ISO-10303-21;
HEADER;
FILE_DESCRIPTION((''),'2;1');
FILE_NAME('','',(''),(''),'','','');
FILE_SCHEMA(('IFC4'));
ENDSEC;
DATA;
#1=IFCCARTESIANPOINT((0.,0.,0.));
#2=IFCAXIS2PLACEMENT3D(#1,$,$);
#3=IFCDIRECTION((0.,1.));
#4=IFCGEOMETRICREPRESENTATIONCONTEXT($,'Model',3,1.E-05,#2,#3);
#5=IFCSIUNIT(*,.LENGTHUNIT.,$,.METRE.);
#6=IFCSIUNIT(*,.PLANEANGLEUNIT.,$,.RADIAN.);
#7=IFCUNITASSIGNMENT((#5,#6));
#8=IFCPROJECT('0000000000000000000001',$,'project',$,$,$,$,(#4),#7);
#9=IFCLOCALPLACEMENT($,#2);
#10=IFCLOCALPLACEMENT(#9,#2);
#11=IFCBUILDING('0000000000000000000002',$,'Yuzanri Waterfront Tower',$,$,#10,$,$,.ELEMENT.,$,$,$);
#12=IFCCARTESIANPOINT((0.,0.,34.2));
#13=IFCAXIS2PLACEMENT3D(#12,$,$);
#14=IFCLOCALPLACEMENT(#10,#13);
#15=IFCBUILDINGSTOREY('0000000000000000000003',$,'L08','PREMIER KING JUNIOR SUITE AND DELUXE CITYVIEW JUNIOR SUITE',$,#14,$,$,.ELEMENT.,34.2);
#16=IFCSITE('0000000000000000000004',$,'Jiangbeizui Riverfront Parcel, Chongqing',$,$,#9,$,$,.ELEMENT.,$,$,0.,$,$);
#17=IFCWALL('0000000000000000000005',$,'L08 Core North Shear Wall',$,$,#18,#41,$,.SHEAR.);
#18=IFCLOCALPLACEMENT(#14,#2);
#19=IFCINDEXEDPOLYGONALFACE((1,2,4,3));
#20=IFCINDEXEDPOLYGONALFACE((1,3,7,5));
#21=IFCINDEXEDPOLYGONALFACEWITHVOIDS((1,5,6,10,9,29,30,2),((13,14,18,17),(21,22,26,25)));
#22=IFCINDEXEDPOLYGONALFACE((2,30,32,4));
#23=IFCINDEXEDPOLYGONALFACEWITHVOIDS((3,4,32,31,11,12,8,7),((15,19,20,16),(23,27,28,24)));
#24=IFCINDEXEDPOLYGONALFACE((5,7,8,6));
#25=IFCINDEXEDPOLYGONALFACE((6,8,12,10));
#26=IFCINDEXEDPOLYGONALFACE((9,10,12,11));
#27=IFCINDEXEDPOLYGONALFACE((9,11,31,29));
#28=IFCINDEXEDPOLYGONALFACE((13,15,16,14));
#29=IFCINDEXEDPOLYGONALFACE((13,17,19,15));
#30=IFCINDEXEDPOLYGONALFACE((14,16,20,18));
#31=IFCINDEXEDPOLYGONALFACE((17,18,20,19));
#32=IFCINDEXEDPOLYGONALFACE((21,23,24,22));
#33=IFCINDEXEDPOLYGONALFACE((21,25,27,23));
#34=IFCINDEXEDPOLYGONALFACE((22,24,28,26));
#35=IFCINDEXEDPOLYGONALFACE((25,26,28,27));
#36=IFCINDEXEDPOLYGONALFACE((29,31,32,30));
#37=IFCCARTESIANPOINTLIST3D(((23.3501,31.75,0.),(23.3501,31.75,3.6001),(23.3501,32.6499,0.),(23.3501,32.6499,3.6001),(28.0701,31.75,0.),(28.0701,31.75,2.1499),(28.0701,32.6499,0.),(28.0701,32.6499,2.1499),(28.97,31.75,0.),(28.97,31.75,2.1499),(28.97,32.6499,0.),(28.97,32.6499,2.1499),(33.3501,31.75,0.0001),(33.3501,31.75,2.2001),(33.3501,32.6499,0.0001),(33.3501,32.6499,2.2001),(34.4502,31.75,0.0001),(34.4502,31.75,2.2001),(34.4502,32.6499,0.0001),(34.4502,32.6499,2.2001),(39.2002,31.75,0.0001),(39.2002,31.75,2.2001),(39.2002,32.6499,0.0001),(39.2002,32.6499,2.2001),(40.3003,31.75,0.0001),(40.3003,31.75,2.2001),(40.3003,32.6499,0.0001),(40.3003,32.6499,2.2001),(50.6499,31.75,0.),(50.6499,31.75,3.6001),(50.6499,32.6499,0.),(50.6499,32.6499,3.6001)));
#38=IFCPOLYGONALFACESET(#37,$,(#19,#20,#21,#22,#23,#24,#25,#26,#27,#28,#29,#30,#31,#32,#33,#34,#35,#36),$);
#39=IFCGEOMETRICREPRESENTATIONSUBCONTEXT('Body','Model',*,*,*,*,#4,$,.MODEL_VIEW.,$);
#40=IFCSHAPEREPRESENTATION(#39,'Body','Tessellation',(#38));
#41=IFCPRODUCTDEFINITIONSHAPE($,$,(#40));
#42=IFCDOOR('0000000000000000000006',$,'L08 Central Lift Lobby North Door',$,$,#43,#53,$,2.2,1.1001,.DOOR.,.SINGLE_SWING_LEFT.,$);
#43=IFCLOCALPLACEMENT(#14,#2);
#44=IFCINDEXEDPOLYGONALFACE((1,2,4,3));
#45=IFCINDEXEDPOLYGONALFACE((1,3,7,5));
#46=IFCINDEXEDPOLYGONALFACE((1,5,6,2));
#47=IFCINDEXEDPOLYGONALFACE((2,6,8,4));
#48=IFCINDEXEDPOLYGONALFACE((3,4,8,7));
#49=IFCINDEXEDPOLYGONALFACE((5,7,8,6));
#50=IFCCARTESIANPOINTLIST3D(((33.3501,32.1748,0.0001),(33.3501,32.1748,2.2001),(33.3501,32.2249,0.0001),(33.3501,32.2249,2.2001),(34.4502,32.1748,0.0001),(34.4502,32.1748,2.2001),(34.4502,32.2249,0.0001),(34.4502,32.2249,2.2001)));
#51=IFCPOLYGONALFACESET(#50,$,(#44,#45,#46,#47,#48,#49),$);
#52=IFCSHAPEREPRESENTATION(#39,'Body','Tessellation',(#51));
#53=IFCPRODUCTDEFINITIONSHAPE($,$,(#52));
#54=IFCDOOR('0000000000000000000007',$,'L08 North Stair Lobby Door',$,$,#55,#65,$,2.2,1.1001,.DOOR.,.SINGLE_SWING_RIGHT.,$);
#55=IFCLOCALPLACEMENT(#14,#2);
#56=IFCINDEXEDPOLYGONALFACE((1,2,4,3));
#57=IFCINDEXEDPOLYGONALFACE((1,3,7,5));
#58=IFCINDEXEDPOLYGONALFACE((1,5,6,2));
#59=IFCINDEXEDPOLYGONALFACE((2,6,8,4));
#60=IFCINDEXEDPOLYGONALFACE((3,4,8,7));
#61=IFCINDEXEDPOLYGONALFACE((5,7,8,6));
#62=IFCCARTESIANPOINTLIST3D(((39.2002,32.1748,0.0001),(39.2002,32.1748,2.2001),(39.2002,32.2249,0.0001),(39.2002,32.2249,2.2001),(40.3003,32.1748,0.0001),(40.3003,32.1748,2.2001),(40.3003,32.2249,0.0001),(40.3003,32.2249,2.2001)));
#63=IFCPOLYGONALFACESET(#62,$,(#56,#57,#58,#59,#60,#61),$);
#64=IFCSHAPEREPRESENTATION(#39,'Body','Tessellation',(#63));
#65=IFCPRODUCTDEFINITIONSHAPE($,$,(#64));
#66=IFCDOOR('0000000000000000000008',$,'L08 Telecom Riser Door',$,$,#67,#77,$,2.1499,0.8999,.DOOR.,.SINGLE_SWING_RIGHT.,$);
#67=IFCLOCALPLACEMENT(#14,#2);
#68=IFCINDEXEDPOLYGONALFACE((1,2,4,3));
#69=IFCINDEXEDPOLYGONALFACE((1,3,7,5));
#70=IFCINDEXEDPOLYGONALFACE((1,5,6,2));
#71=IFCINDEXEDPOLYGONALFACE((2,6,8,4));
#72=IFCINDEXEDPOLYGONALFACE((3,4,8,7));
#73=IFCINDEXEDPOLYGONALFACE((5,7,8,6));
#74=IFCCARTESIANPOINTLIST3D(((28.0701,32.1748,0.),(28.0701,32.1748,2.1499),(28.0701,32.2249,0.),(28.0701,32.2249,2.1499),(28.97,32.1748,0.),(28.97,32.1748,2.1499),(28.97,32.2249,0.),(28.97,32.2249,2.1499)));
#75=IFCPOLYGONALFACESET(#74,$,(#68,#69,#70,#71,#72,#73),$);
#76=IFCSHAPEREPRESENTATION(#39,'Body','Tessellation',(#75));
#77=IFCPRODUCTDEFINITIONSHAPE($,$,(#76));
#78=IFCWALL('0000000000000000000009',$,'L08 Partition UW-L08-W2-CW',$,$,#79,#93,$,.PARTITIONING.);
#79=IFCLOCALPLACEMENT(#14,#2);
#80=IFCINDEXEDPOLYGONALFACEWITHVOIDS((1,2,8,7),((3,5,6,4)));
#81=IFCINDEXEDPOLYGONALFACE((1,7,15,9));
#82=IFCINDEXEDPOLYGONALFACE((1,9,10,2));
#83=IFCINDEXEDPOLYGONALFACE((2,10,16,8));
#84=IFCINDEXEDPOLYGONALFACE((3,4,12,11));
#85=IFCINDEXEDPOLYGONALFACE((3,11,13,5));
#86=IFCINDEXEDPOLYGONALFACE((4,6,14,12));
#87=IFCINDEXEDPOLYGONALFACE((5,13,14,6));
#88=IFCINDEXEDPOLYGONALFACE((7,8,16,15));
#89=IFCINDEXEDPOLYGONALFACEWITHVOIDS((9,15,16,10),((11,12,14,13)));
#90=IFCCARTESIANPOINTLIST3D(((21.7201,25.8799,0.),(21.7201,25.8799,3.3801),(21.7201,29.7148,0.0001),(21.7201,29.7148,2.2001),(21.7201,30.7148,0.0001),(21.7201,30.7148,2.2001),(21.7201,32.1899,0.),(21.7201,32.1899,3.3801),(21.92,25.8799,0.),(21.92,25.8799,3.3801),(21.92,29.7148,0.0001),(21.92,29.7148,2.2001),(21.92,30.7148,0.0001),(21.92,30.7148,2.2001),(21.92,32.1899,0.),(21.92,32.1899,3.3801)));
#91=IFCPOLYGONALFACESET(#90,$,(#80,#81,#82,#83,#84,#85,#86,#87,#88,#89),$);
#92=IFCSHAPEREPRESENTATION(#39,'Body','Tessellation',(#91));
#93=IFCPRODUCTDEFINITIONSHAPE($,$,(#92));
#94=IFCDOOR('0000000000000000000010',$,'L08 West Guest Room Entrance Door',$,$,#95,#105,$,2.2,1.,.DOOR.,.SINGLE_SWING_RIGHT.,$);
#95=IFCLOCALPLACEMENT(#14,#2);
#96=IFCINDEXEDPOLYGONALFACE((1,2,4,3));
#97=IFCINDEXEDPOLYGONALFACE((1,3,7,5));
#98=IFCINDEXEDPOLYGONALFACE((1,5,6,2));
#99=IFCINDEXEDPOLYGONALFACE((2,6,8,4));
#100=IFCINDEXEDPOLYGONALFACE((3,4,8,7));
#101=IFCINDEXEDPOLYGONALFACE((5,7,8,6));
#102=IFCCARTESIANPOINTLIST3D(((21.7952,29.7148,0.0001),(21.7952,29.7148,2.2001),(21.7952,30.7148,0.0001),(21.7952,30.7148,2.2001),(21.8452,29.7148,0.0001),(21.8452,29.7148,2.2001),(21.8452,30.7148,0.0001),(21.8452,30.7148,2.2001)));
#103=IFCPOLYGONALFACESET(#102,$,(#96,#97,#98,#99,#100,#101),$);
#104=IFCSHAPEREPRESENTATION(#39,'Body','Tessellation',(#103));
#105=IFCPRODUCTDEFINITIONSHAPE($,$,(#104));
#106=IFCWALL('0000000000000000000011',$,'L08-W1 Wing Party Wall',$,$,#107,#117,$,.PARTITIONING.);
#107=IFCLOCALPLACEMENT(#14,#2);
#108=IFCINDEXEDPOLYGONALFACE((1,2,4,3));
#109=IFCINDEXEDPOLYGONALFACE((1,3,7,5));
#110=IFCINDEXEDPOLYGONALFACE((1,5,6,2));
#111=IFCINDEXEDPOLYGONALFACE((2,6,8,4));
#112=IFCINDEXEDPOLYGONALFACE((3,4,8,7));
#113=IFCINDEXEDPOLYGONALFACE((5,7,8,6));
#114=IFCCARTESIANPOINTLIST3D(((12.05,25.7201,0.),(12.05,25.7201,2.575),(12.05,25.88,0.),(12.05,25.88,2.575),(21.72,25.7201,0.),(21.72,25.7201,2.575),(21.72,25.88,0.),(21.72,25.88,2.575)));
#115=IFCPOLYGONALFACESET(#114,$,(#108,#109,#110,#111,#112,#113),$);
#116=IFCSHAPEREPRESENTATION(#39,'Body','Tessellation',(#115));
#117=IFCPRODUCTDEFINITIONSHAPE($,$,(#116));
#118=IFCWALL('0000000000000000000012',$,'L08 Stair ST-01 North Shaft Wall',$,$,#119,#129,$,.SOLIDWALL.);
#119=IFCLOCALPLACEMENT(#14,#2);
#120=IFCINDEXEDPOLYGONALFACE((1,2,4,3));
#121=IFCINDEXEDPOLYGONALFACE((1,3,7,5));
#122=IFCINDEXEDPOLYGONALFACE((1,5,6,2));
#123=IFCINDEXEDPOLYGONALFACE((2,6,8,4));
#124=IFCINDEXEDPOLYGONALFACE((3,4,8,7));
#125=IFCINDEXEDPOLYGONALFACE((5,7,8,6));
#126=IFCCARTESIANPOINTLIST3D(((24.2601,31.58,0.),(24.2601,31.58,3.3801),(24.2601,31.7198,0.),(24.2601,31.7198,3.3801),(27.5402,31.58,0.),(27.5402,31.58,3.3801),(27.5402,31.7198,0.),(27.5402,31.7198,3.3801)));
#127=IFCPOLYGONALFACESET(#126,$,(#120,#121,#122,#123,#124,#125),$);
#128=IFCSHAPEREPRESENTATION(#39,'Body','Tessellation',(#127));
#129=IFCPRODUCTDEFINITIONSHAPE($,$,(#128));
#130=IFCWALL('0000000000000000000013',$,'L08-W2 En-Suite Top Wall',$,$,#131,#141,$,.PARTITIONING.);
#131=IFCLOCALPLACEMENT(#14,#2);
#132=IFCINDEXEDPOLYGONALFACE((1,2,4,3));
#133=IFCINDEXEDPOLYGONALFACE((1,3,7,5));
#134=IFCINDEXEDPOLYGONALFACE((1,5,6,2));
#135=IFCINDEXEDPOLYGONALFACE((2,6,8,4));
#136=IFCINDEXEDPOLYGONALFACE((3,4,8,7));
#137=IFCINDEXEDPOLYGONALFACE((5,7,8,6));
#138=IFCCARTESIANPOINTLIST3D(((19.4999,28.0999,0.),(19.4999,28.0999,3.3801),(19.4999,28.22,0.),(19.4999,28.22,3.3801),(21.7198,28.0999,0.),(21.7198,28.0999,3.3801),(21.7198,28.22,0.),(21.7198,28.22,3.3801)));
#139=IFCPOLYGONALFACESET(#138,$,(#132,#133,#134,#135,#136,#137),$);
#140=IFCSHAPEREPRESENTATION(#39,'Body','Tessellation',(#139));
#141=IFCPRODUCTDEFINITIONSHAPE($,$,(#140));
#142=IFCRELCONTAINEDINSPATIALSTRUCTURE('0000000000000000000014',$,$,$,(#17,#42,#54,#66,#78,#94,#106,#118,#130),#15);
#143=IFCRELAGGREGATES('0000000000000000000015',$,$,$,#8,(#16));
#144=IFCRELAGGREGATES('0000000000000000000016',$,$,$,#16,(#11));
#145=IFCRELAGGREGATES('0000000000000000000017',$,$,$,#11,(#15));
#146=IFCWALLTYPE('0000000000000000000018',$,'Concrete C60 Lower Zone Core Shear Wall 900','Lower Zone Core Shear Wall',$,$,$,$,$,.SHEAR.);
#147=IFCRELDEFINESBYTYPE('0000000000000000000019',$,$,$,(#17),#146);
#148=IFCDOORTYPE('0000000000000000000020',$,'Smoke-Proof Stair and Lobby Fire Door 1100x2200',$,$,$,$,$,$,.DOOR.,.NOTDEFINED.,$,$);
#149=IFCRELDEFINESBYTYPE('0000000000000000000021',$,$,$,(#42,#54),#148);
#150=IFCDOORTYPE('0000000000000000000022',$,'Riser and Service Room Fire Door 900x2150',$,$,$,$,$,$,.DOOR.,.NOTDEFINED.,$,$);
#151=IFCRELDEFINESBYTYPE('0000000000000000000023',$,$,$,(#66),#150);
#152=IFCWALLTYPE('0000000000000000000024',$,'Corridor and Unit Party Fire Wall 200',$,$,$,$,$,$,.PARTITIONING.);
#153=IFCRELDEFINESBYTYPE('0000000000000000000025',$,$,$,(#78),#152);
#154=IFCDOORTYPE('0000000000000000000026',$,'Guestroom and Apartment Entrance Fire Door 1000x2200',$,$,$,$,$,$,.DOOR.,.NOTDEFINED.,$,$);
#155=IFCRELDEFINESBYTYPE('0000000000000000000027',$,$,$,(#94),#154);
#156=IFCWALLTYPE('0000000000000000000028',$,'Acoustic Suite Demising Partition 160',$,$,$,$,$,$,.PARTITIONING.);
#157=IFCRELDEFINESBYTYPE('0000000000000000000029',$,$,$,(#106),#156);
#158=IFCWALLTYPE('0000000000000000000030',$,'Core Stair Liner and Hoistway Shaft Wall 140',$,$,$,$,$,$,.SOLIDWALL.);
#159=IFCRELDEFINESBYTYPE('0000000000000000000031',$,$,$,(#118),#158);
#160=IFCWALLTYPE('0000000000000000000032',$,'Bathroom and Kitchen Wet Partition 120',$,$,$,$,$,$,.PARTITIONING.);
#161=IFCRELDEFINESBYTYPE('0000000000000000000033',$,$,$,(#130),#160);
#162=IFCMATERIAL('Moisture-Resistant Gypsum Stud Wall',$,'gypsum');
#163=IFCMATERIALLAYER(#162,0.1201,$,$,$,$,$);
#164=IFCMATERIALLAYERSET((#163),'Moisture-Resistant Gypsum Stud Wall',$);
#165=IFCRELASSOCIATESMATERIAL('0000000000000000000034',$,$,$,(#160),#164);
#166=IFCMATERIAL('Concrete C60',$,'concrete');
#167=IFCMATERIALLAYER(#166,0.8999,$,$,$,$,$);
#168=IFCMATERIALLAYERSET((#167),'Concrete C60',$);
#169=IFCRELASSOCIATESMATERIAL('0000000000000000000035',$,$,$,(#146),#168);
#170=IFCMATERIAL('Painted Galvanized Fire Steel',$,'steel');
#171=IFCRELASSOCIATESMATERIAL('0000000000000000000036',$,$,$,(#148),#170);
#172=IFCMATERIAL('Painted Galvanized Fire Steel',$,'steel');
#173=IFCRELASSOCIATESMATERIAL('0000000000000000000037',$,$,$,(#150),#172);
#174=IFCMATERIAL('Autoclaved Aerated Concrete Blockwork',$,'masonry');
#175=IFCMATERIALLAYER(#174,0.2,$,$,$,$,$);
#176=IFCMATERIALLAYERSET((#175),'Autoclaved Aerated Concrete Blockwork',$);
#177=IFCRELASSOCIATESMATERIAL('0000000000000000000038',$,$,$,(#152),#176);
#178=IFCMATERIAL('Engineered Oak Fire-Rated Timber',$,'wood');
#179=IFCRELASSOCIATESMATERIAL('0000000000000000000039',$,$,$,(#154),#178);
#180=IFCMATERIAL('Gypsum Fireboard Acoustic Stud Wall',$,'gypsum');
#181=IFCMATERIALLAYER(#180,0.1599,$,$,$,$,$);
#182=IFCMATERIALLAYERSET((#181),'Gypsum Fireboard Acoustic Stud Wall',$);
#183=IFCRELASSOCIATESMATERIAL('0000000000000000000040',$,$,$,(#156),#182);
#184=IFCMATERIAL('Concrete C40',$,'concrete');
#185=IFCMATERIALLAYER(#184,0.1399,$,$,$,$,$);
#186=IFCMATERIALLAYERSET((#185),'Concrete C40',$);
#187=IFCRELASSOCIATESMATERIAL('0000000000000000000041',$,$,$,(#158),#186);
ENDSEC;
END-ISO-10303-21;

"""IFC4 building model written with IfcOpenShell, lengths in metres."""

from ifc_helpers import new_model, si_unit, direction, frame, frame_2d, origin, place, context, subcontext, project, spatial, rectangle, extrude, source, transform, mapped, material, layer, layer_set, type_object, element, fill, save


model = new_model("IFC4")

# Units and contexts
model_context = context("Model", 3, precision=1e-05, world=origin(), true_north=direction((0.0, 1.0)))
body_context = subcontext(model_context, "Body", "Model", "MODEL_VIEW")
ifc_project = project(units=[si_unit("LENGTHUNIT", "METRE"), si_unit("PLANEANGLEUNIT", "RADIAN")], contexts=[model_context])

# Site, building, storey
site_placement = place(None, origin())
site = spatial("IfcSite", under=ifc_project, at=site_placement, Name="Jiangbeizui Riverfront Parcel, Chongqing", CompositionType="ELEMENT", RefElevation=0.0)
building_placement = place(site_placement, origin())
building = spatial("IfcBuilding", under=site, at=building_placement, Name="Yuzanri Waterfront Tower", CompositionType="ELEMENT")
storey_placement = place(building_placement, frame((0.0, 0.0, 34.2)))
storey = spatial("IfcBuildingStorey", under=building, at=storey_placement, Name="L08", Description="PREMIER KING JUNIOR SUITE AND DELUXE CITYVIEW JUNIOR SUITE", CompositionType="ELEMENT", Elevation=34.2)

# Shared definitions
ifc_material_1 = material(Name="Moisture-Resistant Gypsum Stud Wall", Category="gypsum")
ifc_layer_1 = layer(ifc_material_1, 0.1201)
ifc_layer_set_1 = layer_set([ifc_layer_1], Name="Moisture-Resistant Gypsum Stud Wall")
wall_type_1 = type_object("IfcWallType", Name="Bathroom and Kitchen Wet Partition 120", PredefinedType="PARTITIONING", material=ifc_layer_set_1)

# Wall, openings, doors
ifc_material_2 = material(Name="Concrete C60", Category="concrete")
ifc_layer_2 = layer(ifc_material_2, 0.8999)
ifc_layer_set_2 = layer_set([ifc_layer_2], Name="Concrete C60")
wall_type_2 = type_object("IfcWallType", Name="Concrete C60 Lower Zone Core Shear Wall 900", Description="Lower Zone Core Shear Wall", PredefinedType="SHEAR", material=ifc_layer_set_2)
wall_1_placement = place(storey_placement, frame((23.3501, 32.2, 0.0), z_axis=(0.0, 0.0, 1.0), x_axis=(1.0, 0.0, 0.0)))
wall_1 = element("IfcWall", 1, at=wall_1_placement, inside=storey, type_object=wall_type_2, Name="L08 Core North Shear Wall", PredefinedType="SHEAR", context=body_context, shape_type="SweptSolid", body=[
    extrude(rectangle(XDim=27.2998, YDim=0.8999, at=frame_2d((13.6499, 0.0))), origin(), (0.0, 0.0, 1.0), 3.6001),
])
opening_1_placement = place(wall_1_placement, frame((4.72, 0.0, 0.0)))
opening_1 = element("IfcOpeningElement", 2, at=opening_1_placement, cuts=wall_1, PredefinedType="OPENING", context=body_context, shape_type="SweptSolid", body=[
    extrude(rectangle(XDim=0.8999, YDim=2.1499, at=frame_2d((0.45, 1.075))), frame((0.0, 0.4648, 0.0), z_axis=(0.0, -1.0, 0.0), x_axis=(1.0, 0.0, 0.0)), (0.0, 0.0, 1.0), 0.9297),
])
opening_2_placement = place(wall_1_placement, frame((10.0, 0.0, 0.0)))
opening_2 = element("IfcOpeningElement", 3, at=opening_2_placement, cuts=wall_1, PredefinedType="OPENING", context=body_context, shape_type="SweptSolid", body=[
    extrude(rectangle(XDim=1.1001, YDim=2.2, at=frame_2d((0.55, 1.1001))), frame((0.0, 0.4648, 0.0), z_axis=(0.0, -1.0, 0.0), x_axis=(1.0, 0.0, 0.0)), (0.0, 0.0, 1.0), 0.9297),
])
opening_3_placement = place(wall_1_placement, frame((15.8501, 0.0, 0.0)))
opening_3 = element("IfcOpeningElement", 4, at=opening_3_placement, cuts=wall_1, PredefinedType="OPENING", context=body_context, shape_type="SweptSolid", body=[
    extrude(rectangle(XDim=1.1001, YDim=2.2, at=frame_2d((0.55, 1.1001))), frame((0.0, 0.4648, 0.0), z_axis=(0.0, -1.0, 0.0), x_axis=(1.0, 0.0, 0.0)), (0.0, 0.0, 1.0), 0.9297),
])
ifc_material_3 = material(Name="Painted Galvanized Fire Steel", Category="steel")
door_type_1 = type_object("IfcDoorType", Name="Smoke-Proof Stair and Lobby Fire Door 1100x2200", OperationType="NOTDEFINED", PredefinedType="DOOR", material=ifc_material_3)
shared_shape_1 = source(origin(), body_context, "Body", "SweptSolid", [
    extrude(rectangle(XDim=1.1001, YDim=2.2, at=frame_2d((0.55, 1.1001))), frame((0.0, 0.0249, 0.0), z_axis=(0.0, -1.0, 0.0), x_axis=(1.0, 0.0, 0.0)), (0.0, 0.0, 1.0), 0.05),
])
door_1_placement = place(opening_2_placement, origin())
door_1 = element("IfcDoor", 5, at=door_1_placement, inside=storey, type_object=door_type_1, Name="L08 Central Lift Lobby North Door", OperationType="SINGLE_SWING_LEFT", OverallHeight=2.2, OverallWidth=1.1001, PredefinedType="DOOR", context=body_context, shape_type="MappedRepresentation", body=[
    mapped(shared_shape_1, transform((0.0, 0.0, 0.0), scale=1.0)),
])
fill(opening_2, door_1)
door_2_placement = place(opening_3_placement, origin())
door_2 = element("IfcDoor", 6, at=door_2_placement, inside=storey, type_object=door_type_1, Name="L08 North Stair Lobby Door", OperationType="SINGLE_SWING_RIGHT", OverallHeight=2.2, OverallWidth=1.1001, PredefinedType="DOOR", context=body_context, shape_type="MappedRepresentation", body=[
    mapped(shared_shape_1, transform((0.0, 0.0, 0.0), scale=1.0)),
])
fill(opening_3, door_2)
ifc_material_4 = material(Name="Painted Galvanized Fire Steel", Category="steel")
door_type_2 = type_object("IfcDoorType", Name="Riser and Service Room Fire Door 900x2150", OperationType="NOTDEFINED", PredefinedType="DOOR", material=ifc_material_4)
shared_shape_2 = source(origin(), body_context, "Body", "SweptSolid", [
    extrude(rectangle(XDim=0.8999, YDim=2.1499, at=frame_2d((0.45, 1.075))), frame((0.0, 0.0249, 0.0), z_axis=(0.0, -1.0, 0.0), x_axis=(1.0, 0.0, 0.0)), (0.0, 0.0, 1.0), 0.05),
])
door_3_placement = place(opening_1_placement, origin())
door_3 = element("IfcDoor", 7, at=door_3_placement, inside=storey, type_object=door_type_2, Name="L08 Telecom Riser Door", OperationType="SINGLE_SWING_RIGHT", OverallHeight=2.1499, OverallWidth=0.8999, PredefinedType="DOOR", context=body_context, shape_type="MappedRepresentation", body=[
    mapped(shared_shape_2, transform((0.0, 0.0, 0.0), scale=1.0)),
])
fill(opening_1, door_3)

# Wall, opening, door
ifc_material_5 = material(Name="Autoclaved Aerated Concrete Blockwork", Category="masonry")
ifc_layer_3 = layer(ifc_material_5, 0.2)
ifc_layer_set_3 = layer_set([ifc_layer_3], Name="Autoclaved Aerated Concrete Blockwork")
wall_type_3 = type_object("IfcWallType", Name="Corridor and Unit Party Fire Wall 200", PredefinedType="PARTITIONING", material=ifc_layer_set_3)
wall_2_placement = place(storey_placement, frame((21.8201, 25.8799, 0.0), z_axis=(0.0, 0.0, 1.0), x_axis=(0.0, 1.0, 0.0)))
wall_2 = element("IfcWall", 8, at=wall_2_placement, inside=storey, type_object=wall_type_3, Name="L08 Partition UW-L08-W2-CW", PredefinedType="PARTITIONING", context=body_context, shape_type="SweptSolid", body=[
    extrude(rectangle(XDim=6.3101, YDim=0.2, at=frame_2d((3.155, 0.0))), origin(), (0.0, 0.0, 1.0), 3.3801),
])
opening_4_placement = place(wall_2_placement, frame((3.835, 0.0, 0.0)))
opening_4 = element("IfcOpeningElement", 9, at=opening_4_placement, cuts=wall_2, PredefinedType="OPENING", context=body_context, shape_type="SweptSolid", body=[
    extrude(rectangle(XDim=1.0, YDim=2.2, at=frame_2d((0.5, 1.1001))), frame((0.0, 0.1147, 0.0), z_axis=(0.0, -1.0, 0.0), x_axis=(1.0, 0.0, 0.0)), (0.0, 0.0, 1.0), 0.2297),
])
ifc_material_6 = material(Name="Engineered Oak Fire-Rated Timber", Category="wood")
door_type_3 = type_object("IfcDoorType", Name="Guestroom and Apartment Entrance Fire Door 1000x2200", OperationType="NOTDEFINED", PredefinedType="DOOR", material=ifc_material_6)
shared_shape_3 = source(origin(), body_context, "Body", "SweptSolid", [
    extrude(rectangle(XDim=1.0, YDim=2.2, at=frame_2d((0.5, 1.1001))), frame((0.0, 0.0249, 0.0), z_axis=(0.0, -1.0, 0.0), x_axis=(1.0, 0.0, 0.0)), (0.0, 0.0, 1.0), 0.05),
])
door_4_placement = place(opening_4_placement, origin())
door_4 = element("IfcDoor", 10, at=door_4_placement, inside=storey, type_object=door_type_3, Name="L08 West Guest Room Entrance Door", OperationType="SINGLE_SWING_RIGHT", OverallHeight=2.2, OverallWidth=1.0, PredefinedType="DOOR", context=body_context, shape_type="MappedRepresentation", body=[
    mapped(shared_shape_3, transform((0.0, 0.0, 0.0), scale=1.0)),
])
fill(opening_4, door_4)

# Walls
ifc_material_7 = material(Name="Gypsum Fireboard Acoustic Stud Wall", Category="gypsum")
ifc_layer_4 = layer(ifc_material_7, 0.1599)
ifc_layer_set_4 = layer_set([ifc_layer_4], Name="Gypsum Fireboard Acoustic Stud Wall")
wall_type_4 = type_object("IfcWallType", Name="Acoustic Suite Demising Partition 160", PredefinedType="PARTITIONING", material=ifc_layer_set_4)
shared_shape_4 = source(origin(), body_context, "Body", "SweptSolid", [
    extrude(rectangle(XDim=9.6699, YDim=0.1599, at=frame_2d((4.835, 0.0))), origin(), (0.0, 0.0, 1.0), 2.575),
])
wall_3_placement = place(storey_placement, frame((12.05, 25.8, 0.0), z_axis=(0.0, 0.0, 1.0), x_axis=(1.0, 0.0, 0.0)))
element("IfcWall", 11, at=wall_3_placement, inside=storey, type_object=wall_type_4, Name="L08-W1 Wing Party Wall", PredefinedType="PARTITIONING", context=body_context, shape_type="MappedRepresentation", body=[
    mapped(shared_shape_4, transform((0.0, 0.0, 0.0), scale=1.0)),
])
ifc_material_8 = material(Name="Concrete C40", Category="concrete")
ifc_layer_5 = layer(ifc_material_8, 0.1399)
ifc_layer_set_5 = layer_set([ifc_layer_5], Name="Concrete C40")
wall_type_5 = type_object("IfcWallType", Name="Core Stair Liner and Hoistway Shaft Wall 140", PredefinedType="SOLIDWALL", material=ifc_layer_set_5)
shared_shape_5 = source(origin(), body_context, "Body", "SweptSolid", [
    extrude(rectangle(XDim=3.28, YDim=0.1399, at=frame_2d((1.6401, 0.0))), origin(), (0.0, 0.0, 1.0), 3.3801),
])
wall_4_placement = place(storey_placement, frame((24.26, 31.6499, 0.0), z_axis=(0.0, 0.0, 1.0), x_axis=(1.0, 0.0, 0.0)))
element("IfcWall", 12, at=wall_4_placement, inside=storey, type_object=wall_type_5, Name="L08 Stair ST-01 North Shaft Wall", PredefinedType="SOLIDWALL", context=body_context, shape_type="MappedRepresentation", body=[
    mapped(shared_shape_5, transform((0.0, 0.0, 0.0), scale=1.0)),
])
shared_shape_6 = source(origin(), body_context, "Body", "SweptSolid", [
    extrude(rectangle(XDim=2.22, YDim=0.1201, at=frame_2d((1.1099, 0.0))), origin(), (0.0, 0.0, 1.0), 3.3801),
])
wall_5_placement = place(storey_placement, frame((19.5, 28.1599, 0.0), z_axis=(0.0, 0.0, 1.0), x_axis=(1.0, 0.0, 0.0)))
element("IfcWall", 13, at=wall_5_placement, inside=storey, type_object=wall_type_1, Name="L08-W2 En-Suite Top Wall", PredefinedType="PARTITIONING", context=body_context, shape_type="MappedRepresentation", body=[
    mapped(shared_shape_6, transform((0.0, 0.0, 0.0), scale=1.0)),
])

save(model, "model.ifc")
